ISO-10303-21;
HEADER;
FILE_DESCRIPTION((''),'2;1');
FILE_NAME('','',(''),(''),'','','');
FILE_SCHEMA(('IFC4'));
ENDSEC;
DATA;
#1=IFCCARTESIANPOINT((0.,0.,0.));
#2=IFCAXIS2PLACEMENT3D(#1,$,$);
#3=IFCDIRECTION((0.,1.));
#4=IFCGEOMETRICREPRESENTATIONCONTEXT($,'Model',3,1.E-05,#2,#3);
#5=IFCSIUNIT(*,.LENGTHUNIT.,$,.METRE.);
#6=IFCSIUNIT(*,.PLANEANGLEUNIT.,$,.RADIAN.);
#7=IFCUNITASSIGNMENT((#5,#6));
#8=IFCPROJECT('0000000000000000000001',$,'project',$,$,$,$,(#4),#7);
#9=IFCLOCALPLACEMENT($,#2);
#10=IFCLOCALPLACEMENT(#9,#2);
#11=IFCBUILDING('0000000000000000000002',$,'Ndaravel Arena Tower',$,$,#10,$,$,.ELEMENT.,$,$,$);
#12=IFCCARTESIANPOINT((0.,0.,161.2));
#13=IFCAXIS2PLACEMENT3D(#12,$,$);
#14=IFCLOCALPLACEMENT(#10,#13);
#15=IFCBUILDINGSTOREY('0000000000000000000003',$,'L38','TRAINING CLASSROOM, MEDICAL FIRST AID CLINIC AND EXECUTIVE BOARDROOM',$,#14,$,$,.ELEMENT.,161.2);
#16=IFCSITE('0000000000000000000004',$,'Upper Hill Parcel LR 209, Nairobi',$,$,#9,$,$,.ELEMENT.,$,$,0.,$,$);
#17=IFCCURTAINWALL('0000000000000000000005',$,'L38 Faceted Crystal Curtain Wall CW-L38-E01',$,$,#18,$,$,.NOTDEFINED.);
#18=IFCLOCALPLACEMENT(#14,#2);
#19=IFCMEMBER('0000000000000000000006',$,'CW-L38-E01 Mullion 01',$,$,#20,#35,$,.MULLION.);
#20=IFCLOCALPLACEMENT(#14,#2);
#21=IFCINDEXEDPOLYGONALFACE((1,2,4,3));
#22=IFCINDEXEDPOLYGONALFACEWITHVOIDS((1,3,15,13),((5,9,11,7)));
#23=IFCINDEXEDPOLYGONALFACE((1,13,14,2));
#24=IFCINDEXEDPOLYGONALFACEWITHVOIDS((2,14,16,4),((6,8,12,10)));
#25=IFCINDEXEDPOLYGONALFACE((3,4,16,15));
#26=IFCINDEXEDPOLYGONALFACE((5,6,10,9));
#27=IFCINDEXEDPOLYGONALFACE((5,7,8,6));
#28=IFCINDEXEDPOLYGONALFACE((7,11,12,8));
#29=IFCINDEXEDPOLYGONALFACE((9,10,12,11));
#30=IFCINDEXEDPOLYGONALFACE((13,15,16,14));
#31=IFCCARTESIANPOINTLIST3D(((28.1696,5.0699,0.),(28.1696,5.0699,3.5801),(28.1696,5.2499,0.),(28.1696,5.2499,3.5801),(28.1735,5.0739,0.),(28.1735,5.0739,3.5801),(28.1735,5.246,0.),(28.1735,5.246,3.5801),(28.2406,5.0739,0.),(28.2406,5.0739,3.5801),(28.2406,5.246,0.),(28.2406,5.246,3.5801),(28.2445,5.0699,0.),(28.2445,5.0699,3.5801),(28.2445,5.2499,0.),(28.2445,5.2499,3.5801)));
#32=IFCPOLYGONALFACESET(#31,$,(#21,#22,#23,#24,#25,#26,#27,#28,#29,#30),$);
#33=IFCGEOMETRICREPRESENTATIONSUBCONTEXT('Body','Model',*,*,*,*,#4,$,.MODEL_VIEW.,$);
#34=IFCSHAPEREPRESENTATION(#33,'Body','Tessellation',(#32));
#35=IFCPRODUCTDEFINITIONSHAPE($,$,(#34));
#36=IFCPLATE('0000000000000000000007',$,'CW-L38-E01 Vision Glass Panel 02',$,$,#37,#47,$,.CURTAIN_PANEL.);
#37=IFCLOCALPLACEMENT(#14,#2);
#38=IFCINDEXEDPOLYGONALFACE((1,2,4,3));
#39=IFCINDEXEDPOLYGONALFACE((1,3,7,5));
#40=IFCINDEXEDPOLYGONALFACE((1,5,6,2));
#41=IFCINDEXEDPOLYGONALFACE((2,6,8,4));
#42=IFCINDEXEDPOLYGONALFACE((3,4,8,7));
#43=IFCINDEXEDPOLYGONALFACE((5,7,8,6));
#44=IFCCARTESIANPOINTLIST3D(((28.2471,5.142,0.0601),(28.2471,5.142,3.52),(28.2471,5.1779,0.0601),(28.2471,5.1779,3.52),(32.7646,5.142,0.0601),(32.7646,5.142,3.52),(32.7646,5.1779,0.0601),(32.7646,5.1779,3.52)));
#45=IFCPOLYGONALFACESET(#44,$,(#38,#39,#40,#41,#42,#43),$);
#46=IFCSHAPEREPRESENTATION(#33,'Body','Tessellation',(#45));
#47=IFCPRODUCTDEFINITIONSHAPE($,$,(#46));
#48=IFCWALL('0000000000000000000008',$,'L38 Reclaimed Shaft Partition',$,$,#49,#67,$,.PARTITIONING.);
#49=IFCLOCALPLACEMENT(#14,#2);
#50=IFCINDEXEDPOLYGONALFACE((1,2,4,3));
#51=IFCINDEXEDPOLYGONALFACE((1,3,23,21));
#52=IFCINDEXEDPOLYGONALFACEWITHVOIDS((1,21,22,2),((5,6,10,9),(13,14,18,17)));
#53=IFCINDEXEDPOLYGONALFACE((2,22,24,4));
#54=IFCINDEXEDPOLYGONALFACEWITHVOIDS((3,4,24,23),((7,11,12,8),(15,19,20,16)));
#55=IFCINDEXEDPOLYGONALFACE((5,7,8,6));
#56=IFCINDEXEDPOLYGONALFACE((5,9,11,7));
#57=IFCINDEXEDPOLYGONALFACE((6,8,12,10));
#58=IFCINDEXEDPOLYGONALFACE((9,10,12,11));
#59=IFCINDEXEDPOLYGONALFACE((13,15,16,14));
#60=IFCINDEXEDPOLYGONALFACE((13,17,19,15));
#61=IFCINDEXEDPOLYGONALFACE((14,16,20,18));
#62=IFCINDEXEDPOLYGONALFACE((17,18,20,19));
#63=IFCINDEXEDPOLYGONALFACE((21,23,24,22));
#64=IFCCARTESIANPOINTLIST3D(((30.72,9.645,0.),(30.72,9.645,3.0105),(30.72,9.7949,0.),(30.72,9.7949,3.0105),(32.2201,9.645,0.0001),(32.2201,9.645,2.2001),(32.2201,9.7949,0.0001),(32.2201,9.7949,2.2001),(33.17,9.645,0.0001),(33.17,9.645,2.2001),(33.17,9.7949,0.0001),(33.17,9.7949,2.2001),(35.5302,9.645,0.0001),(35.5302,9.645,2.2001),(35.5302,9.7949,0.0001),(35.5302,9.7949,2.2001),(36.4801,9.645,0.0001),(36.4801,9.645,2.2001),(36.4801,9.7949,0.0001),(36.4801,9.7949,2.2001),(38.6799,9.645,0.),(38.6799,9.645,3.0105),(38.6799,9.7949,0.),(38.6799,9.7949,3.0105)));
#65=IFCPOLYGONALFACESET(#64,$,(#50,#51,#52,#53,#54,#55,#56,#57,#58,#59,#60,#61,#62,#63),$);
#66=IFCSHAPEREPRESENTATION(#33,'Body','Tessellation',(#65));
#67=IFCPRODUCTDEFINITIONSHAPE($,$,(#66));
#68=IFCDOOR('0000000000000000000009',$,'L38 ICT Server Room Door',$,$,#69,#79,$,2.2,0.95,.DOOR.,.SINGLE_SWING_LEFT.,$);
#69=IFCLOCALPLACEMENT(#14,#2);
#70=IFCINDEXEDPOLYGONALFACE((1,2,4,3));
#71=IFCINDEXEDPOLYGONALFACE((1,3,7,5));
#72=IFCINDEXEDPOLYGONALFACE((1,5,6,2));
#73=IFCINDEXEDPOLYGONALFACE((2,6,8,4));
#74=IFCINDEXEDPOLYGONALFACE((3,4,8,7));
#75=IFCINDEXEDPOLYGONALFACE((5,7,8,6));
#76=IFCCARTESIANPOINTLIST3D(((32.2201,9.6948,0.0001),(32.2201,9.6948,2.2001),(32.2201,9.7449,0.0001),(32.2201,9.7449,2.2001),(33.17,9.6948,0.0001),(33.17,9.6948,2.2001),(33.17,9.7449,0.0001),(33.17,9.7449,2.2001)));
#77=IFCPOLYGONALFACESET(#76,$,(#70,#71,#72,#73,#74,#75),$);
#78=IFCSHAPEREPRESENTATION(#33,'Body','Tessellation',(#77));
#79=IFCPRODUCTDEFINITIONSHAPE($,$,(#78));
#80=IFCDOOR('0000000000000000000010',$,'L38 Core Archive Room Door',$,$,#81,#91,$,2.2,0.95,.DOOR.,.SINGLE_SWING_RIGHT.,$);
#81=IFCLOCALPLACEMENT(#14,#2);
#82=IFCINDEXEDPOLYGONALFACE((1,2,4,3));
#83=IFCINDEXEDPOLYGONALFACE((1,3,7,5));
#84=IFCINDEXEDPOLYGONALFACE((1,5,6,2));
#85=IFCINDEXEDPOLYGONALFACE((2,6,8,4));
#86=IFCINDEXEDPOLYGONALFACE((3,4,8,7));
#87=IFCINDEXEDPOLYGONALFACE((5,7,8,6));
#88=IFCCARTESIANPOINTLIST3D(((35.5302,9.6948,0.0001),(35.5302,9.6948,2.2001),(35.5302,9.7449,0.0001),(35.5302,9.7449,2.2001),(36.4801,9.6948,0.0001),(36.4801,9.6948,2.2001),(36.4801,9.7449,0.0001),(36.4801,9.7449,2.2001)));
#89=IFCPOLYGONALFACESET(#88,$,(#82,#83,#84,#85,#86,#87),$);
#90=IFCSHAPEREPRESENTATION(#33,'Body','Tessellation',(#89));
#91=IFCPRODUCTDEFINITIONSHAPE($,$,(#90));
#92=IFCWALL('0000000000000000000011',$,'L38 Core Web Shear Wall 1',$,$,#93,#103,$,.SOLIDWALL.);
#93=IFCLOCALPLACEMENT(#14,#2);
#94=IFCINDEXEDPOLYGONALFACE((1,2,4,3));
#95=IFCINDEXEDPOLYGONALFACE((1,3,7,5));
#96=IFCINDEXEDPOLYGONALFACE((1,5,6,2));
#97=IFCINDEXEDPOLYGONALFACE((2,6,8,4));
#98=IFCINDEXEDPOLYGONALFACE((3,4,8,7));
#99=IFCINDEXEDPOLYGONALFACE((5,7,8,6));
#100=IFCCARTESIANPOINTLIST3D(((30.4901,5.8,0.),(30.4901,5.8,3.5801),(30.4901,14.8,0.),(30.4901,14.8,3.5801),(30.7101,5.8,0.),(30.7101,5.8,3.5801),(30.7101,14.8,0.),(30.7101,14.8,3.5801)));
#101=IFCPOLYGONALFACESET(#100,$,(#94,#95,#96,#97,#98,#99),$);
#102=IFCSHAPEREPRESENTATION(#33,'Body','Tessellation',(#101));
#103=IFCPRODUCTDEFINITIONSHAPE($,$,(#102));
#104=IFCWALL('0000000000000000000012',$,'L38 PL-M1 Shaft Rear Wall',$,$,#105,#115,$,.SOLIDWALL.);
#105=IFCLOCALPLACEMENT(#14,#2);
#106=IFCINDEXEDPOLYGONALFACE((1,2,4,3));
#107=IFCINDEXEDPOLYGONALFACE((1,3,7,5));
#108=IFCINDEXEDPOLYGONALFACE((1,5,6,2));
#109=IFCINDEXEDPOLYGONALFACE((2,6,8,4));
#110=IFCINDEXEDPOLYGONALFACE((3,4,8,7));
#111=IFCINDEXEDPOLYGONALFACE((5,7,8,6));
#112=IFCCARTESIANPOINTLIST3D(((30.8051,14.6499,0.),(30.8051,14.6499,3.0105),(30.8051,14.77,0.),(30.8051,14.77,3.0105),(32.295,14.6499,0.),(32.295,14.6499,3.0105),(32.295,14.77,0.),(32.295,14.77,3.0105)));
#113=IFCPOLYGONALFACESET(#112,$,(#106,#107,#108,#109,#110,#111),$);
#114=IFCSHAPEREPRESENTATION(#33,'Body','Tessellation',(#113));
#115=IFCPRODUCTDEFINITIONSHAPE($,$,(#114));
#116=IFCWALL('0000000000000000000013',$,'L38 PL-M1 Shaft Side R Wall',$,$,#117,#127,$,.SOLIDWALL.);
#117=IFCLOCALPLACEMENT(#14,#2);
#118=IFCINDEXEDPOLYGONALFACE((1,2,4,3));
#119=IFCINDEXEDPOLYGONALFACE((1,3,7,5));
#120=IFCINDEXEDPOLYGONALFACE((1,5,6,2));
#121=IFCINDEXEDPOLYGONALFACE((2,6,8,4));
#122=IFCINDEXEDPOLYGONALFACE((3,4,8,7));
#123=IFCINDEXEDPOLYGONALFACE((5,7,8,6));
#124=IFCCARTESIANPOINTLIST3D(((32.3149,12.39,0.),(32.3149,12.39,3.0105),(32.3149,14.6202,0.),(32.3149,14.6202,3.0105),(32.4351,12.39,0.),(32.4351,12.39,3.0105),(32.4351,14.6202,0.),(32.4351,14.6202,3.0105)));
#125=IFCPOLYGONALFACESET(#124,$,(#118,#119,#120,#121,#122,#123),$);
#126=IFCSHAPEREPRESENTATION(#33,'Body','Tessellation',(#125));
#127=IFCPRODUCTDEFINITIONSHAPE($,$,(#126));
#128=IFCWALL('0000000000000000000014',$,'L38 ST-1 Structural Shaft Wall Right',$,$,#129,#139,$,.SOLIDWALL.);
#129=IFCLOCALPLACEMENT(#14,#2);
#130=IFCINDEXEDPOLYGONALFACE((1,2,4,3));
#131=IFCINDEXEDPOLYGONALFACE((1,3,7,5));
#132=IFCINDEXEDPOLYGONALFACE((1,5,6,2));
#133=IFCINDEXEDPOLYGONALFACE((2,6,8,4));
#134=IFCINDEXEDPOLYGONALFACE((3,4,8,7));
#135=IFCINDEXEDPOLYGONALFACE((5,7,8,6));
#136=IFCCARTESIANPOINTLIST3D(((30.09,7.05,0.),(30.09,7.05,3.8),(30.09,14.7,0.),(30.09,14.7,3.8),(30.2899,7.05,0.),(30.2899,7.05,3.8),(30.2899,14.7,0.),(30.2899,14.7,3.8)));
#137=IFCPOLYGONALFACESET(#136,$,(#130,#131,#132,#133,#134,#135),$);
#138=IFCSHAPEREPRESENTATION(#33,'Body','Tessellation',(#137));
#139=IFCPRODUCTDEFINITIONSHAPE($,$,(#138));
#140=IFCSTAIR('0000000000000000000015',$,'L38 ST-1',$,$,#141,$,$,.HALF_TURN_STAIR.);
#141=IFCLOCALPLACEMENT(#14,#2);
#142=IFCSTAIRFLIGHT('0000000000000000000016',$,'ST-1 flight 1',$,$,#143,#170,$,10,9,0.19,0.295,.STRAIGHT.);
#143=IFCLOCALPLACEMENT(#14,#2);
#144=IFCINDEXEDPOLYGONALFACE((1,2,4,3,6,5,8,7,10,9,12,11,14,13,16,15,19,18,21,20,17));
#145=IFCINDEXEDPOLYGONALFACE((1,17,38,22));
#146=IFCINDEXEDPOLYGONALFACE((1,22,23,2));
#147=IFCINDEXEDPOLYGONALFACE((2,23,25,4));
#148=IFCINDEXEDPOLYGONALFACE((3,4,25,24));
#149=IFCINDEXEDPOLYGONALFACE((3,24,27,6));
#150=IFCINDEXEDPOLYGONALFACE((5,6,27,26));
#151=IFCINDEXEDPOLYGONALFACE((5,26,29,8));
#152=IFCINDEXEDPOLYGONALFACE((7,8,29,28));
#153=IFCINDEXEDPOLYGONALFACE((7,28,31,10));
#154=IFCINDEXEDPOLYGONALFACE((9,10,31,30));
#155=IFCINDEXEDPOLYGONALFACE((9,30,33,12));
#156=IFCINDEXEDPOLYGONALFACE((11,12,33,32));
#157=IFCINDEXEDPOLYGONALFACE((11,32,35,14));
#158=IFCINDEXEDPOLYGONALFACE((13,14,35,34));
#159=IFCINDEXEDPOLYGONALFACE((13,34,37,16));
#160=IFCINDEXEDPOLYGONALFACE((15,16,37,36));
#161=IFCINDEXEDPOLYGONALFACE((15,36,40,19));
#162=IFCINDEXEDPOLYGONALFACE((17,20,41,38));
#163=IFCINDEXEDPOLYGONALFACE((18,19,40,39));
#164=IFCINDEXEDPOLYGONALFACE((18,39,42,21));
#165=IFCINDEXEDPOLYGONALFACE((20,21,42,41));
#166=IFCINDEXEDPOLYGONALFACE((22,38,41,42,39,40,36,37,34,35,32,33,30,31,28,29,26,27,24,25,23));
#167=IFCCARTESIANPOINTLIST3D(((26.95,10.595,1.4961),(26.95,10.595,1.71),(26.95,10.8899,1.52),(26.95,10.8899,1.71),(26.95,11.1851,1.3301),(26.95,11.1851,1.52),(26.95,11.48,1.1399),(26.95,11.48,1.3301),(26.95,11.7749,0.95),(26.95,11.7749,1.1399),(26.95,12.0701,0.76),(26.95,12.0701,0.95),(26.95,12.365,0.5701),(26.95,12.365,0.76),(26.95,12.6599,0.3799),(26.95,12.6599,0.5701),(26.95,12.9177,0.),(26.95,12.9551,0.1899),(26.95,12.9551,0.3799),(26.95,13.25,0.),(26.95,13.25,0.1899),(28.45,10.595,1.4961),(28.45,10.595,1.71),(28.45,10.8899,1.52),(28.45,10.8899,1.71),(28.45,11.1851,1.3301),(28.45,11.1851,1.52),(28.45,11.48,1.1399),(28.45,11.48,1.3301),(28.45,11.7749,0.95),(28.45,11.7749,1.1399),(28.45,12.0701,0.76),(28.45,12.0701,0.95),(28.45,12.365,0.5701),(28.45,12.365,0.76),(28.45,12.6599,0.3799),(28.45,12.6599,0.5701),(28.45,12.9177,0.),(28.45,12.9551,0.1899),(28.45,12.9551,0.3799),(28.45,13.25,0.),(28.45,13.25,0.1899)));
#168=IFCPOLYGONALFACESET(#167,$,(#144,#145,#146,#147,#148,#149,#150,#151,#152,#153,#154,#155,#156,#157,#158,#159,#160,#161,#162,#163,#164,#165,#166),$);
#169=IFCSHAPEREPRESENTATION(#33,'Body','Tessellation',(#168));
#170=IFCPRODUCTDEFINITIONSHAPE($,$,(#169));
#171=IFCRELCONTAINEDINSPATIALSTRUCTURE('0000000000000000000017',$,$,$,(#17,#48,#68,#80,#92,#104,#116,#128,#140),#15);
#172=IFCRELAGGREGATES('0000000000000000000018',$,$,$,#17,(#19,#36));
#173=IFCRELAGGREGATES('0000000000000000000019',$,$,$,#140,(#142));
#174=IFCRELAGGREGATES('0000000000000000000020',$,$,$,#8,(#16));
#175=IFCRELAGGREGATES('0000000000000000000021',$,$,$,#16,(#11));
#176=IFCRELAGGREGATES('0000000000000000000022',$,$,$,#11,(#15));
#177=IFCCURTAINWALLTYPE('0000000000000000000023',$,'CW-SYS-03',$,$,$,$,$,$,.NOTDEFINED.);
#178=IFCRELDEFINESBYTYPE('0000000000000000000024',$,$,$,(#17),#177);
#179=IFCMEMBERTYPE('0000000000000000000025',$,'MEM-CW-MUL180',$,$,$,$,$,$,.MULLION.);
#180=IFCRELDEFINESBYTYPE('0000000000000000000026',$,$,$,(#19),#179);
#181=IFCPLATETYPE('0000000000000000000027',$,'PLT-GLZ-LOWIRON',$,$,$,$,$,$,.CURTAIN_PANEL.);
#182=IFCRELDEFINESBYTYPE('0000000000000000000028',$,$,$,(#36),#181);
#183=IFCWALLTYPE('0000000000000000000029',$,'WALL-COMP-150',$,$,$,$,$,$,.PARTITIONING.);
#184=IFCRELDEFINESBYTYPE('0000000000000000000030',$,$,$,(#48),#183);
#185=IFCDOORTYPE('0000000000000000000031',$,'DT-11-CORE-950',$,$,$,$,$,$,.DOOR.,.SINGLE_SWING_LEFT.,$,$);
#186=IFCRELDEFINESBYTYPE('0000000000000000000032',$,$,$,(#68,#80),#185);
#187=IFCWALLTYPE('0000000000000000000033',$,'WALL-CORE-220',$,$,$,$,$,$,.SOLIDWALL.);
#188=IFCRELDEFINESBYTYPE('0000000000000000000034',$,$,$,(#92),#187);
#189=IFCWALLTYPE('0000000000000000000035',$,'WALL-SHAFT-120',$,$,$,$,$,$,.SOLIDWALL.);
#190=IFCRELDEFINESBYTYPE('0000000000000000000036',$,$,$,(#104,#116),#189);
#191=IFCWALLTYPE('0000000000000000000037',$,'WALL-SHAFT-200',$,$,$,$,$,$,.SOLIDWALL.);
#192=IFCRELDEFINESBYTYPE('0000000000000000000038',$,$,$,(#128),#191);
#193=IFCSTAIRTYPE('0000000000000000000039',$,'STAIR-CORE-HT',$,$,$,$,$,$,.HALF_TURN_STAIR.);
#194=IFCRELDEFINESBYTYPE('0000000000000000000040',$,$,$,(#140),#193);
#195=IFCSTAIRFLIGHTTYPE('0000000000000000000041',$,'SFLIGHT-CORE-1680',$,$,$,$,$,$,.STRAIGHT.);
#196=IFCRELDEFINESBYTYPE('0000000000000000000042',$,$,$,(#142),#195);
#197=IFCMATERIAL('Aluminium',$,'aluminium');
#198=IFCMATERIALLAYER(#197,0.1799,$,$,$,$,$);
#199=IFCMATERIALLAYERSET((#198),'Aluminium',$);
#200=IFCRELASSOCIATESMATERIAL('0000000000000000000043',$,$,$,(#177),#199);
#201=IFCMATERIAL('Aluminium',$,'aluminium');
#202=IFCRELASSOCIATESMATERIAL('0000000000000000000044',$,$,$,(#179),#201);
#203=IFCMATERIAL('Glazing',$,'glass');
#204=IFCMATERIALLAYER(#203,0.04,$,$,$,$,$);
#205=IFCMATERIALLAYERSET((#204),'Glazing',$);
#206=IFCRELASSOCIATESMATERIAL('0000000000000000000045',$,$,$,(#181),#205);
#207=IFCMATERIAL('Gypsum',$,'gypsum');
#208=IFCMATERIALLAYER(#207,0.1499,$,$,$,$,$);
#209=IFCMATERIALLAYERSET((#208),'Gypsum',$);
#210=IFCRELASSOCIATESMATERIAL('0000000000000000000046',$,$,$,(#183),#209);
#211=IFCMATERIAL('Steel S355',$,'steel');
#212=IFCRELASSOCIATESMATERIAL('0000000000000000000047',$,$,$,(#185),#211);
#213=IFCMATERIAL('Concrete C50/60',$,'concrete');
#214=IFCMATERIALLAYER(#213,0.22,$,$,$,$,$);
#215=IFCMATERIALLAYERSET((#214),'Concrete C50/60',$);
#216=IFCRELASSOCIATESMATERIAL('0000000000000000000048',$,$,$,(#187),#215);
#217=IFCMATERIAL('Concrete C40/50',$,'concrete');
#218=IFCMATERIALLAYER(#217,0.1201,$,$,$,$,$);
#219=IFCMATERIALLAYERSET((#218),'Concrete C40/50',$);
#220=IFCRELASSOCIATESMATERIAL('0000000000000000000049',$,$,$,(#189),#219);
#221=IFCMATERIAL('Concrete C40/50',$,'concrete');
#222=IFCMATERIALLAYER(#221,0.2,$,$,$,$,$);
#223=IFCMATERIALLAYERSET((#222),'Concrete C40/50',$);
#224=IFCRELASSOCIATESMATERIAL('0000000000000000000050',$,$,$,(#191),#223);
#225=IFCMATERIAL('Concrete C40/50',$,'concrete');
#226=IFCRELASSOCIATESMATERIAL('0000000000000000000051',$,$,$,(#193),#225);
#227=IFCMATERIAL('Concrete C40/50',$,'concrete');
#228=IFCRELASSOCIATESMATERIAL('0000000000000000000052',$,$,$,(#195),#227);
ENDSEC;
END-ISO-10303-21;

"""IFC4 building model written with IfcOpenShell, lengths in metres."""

from ifc_helpers import new_model, si_unit, direction, frame, frame_2d, origin, origin_2d, place, context, subcontext, project, spatial, polyline, rectangle, hollow_rectangle, outline, extrude, material, layer, layer_set, material_profile, profile_set, type_object, element, fill, aggregate, save


model = new_model("IFC4")

# Units and contexts
model_context = context("Model", 3, precision=1e-05, world=origin(), true_north=direction((0.0, 1.0)))
body_context = subcontext(model_context, "Body", "Model", "MODEL_VIEW")
ifc_project = project(units=[si_unit("LENGTHUNIT", "METRE"), si_unit("PLANEANGLEUNIT", "RADIAN")], contexts=[model_context])

# Site, building, storey
site_placement = place(None, origin())
site = spatial("IfcSite", under=ifc_project, at=site_placement, Name="Upper Hill Parcel LR 209, Nairobi", CompositionType="ELEMENT", RefElevation=0.0)
building_placement = place(site_placement, origin())
building = spatial("IfcBuilding", under=site, at=building_placement, Name="Ndaravel Arena Tower", CompositionType="ELEMENT")
storey_placement = place(building_placement, frame((0.0, 0.0, 161.2)))
storey = spatial("IfcBuildingStorey", under=building, at=storey_placement, Name="L38", Description="TRAINING CLASSROOM, MEDICAL FIRST AID CLINIC AND EXECUTIVE BOARDROOM", CompositionType="ELEMENT", Elevation=161.2)

# Curtain wall, member, plate
ifc_material_1 = material(Name="Aluminium", Category="aluminium")
ifc_layer_1 = layer(ifc_material_1, 0.1799)
ifc_layer_set_1 = layer_set([ifc_layer_1], Name="Aluminium")
curtain_wall_type = type_object("IfcCurtainWallType", Name="CW-SYS-03", PredefinedType="NOTDEFINED", material=ifc_layer_set_1)
curtain_wall_placement = place(storey_placement, origin())
curtain_wall = element("IfcCurtainWall", 1, at=curtain_wall_placement, inside=storey, type_object=curtain_wall_type, Name="L38 Faceted Crystal Curtain Wall CW-L38-E01", PredefinedType="NOTDEFINED")
ifc_material_2 = material(Name="Aluminium", Category="aluminium")
ifc_material_profile = material_profile(ifc_material_2, hollow_rectangle(XDim=0.075, YDim=0.1799, WallThickness=0.0039, at=origin_2d()), Name="CW MULLION 75x180x4")
ifc_profile_set = profile_set([ifc_material_profile], Name="Aluminium")
member_type = type_object("IfcMemberType", Name="MEM-CW-MUL180", PredefinedType="MULLION", material=ifc_profile_set)
member_placement = place(storey_placement, frame((28.207, 5.1599, 0.0), z_axis=(0.0, 0.0, 1.0), x_axis=(1.0, 0.0, 0.0)))
member = element("IfcMember", 2, at=member_placement, type_object=member_type, Name="CW-L38-E01 Mullion 01", PredefinedType="MULLION", context=body_context, shape_type="SweptSolid", body=[
    extrude(hollow_rectangle(XDim=0.075, YDim=0.1799, WallThickness=0.0039, at=origin_2d()), origin(), (0.0, 0.0, 1.0), 3.5801),
])
ifc_material_3 = material(Name="Glazing", Category="glass")
ifc_layer_2 = layer(ifc_material_3, 0.04)
ifc_layer_set_2 = layer_set([ifc_layer_2], Name="Glazing")
plate_type = type_object("IfcPlateType", Name="PLT-GLZ-LOWIRON", PredefinedType="CURTAIN_PANEL", material=ifc_layer_set_2)
plate_placement = place(storey_placement, frame((30.5059, 5.1599, 0.0601), z_axis=(0.0, 0.0, 1.0), x_axis=(1.0, 0.0, 0.0)))
plate = element("IfcPlate", 3, at=plate_placement, type_object=plate_type, Name="CW-L38-E01 Vision Glass Panel 02", PredefinedType="CURTAIN_PANEL", context=body_context, shape_type="SweptSolid", body=[
    extrude(rectangle(XDim=4.5176, YDim=0.0359, at=origin_2d()), origin(), (0.0, 0.0, 1.0), 3.46),
])
aggregate(curtain_wall, [member, plate])

# Wall, openings, doors
ifc_material_4 = material(Name="Gypsum", Category="gypsum")
ifc_layer_3 = layer(ifc_material_4, 0.1499)
ifc_layer_set_3 = layer_set([ifc_layer_3], Name="Gypsum")
wall_type_1 = type_object("IfcWallType", Name="WALL-COMP-150", PredefinedType="PARTITIONING", material=ifc_layer_set_3)
wall_1_placement = place(storey_placement, frame((30.72, 9.72, 0.0), z_axis=(0.0, 0.0, 1.0), x_axis=(1.0, 0.0, 0.0)))
wall_1 = element("IfcWall", 4, at=wall_1_placement, inside=storey, type_object=wall_type_1, Name="L38 Reclaimed Shaft Partition", PredefinedType="PARTITIONING", context=body_context, shape_type="SweptSolid", body=[
    extrude(rectangle(XDim=7.96, YDim=0.1499, at=frame_2d((3.98, 0.0))), origin(), (0.0, 0.0, 1.0), 3.0105),
])
opening_1_placement = place(wall_1_placement, frame((1.5, 0.0, 0.0)))
opening_1 = element("IfcOpeningElement", 5, at=opening_1_placement, cuts=wall_1, PredefinedType="OPENING", context=body_context, shape_type="SweptSolid", body=[
    extrude(rectangle(XDim=0.95, YDim=2.2, at=frame_2d((0.4751, 1.1001))), frame((0.0, 0.075, 0.0), z_axis=(0.0, -1.0, 0.0), x_axis=(1.0, 0.0, 0.0)), (0.0, 0.0, 1.0), 0.1499),
])
opening_2_placement = place(wall_1_placement, frame((4.8101, 0.0, 0.0)))
opening_2 = element("IfcOpeningElement", 6, at=opening_2_placement, cuts=wall_1, PredefinedType="OPENING", context=body_context, shape_type="SweptSolid", body=[
    extrude(rectangle(XDim=0.95, YDim=2.2, at=frame_2d((0.4751, 1.1001))), frame((0.0, 0.075, 0.0), z_axis=(0.0, -1.0, 0.0), x_axis=(1.0, 0.0, 0.0)), (0.0, 0.0, 1.0), 0.1499),
])
ifc_material_5 = material(Name="Steel S355", Category="steel")
door_type_1 = type_object("IfcDoorType", Name="DT-11-CORE-950", OperationType="SINGLE_SWING_LEFT", PredefinedType="DOOR", material=ifc_material_5)
door_1_placement = place(opening_1_placement, origin())
door_1 = element("IfcDoor", 7, at=door_1_placement, inside=storey, type_object=door_type_1, Name="L38 ICT Server Room Door", OperationType="SINGLE_SWING_LEFT", OverallHeight=2.2, OverallWidth=0.95, PredefinedType="DOOR", context=body_context, shape_type="SweptSolid", body=[
    extrude(rectangle(XDim=0.95, YDim=2.2, at=frame_2d((0.4751, 1.1001))), frame((0.0, 0.0249, 0.0), z_axis=(0.0, -1.0, 0.0), x_axis=(1.0, 0.0, 0.0)), (0.0, 0.0, 1.0), 0.05),
])
fill(opening_1, door_1)
door_2_placement = place(opening_2_placement, origin())
door_2 = element("IfcDoor", 8, at=door_2_placement, inside=storey, type_object=door_type_1, Name="L38 Core Archive Room Door", OperationType="SINGLE_SWING_RIGHT", OverallHeight=2.2, OverallWidth=0.95, PredefinedType="DOOR", context=body_context, shape_type="SweptSolid", body=[
    extrude(rectangle(XDim=0.95, YDim=2.2, at=frame_2d((0.4751, 1.1001))), frame((0.0, 0.0249, 0.0), z_axis=(0.0, -1.0, 0.0), x_axis=(1.0, 0.0, 0.0)), (0.0, 0.0, 1.0), 0.05),
])
fill(opening_2, door_2)

# Walls
ifc_material_6 = material(Name="Concrete C50/60", Category="concrete")
ifc_layer_4 = layer(ifc_material_6, 0.22)
ifc_layer_set_4 = layer_set([ifc_layer_4], Name="Concrete C50/60")
wall_type_2 = type_object("IfcWallType", Name="WALL-CORE-220", PredefinedType="SOLIDWALL", material=ifc_layer_set_4)
wall_2_placement = place(storey_placement, frame((30.6001, 5.8, 0.0), z_axis=(0.0, 0.0, 1.0), x_axis=(0.0, 1.0, 0.0)))
element("IfcWall", 9, at=wall_2_placement, inside=storey, type_object=wall_type_2, Name="L38 Core Web Shear Wall 1", PredefinedType="SOLIDWALL", context=body_context, shape_type="SweptSolid", body=[
    extrude(rectangle(XDim=9.0, YDim=0.22, at=frame_2d((4.5, 0.0))), origin(), (0.0, 0.0, 1.0), 3.5801),
])
ifc_material_7 = material(Name="Concrete C40/50", Category="concrete")
ifc_layer_5 = layer(ifc_material_7, 0.1201)
ifc_layer_set_5 = layer_set([ifc_layer_5], Name="Concrete C40/50")
wall_type_3 = type_object("IfcWallType", Name="WALL-SHAFT-120", PredefinedType="SOLIDWALL", material=ifc_layer_set_5)
wall_3_placement = place(storey_placement, frame((30.8049, 14.71, 0.0), z_axis=(0.0, 0.0, 1.0), x_axis=(1.0, 0.0, 0.0)))
element("IfcWall", 10, at=wall_3_placement, inside=storey, type_object=wall_type_3, Name="L38 PL-M1 Shaft Rear Wall", PredefinedType="SOLIDWALL", context=body_context, shape_type="SweptSolid", body=[
    extrude(rectangle(XDim=1.49, YDim=0.1201, at=frame_2d((0.7451, 0.0))), origin(), (0.0, 0.0, 1.0), 3.0105),
])
wall_4_placement = place(storey_placement, frame((32.375, 12.3899, 0.0), z_axis=(0.0, 0.0, 1.0), x_axis=(0.0, 1.0, 0.0)))
element("IfcWall", 11, at=wall_4_placement, inside=storey, type_object=wall_type_3, Name="L38 PL-M1 Shaft Side R Wall", PredefinedType="SOLIDWALL", context=body_context, shape_type="SweptSolid", body=[
    extrude(rectangle(XDim=2.2302, YDim=0.1201, at=frame_2d((1.1152, 0.0))), origin(), (0.0, 0.0, 1.0), 3.0105),
])
ifc_material_8 = material(Name="Concrete C40/50", Category="concrete")
ifc_layer_6 = layer(ifc_material_8, 0.2)
ifc_layer_set_6 = layer_set([ifc_layer_6], Name="Concrete C40/50")
wall_type_4 = type_object("IfcWallType", Name="WALL-SHAFT-200", PredefinedType="SOLIDWALL", material=ifc_layer_set_6)
wall_5_placement = place(storey_placement, frame((30.1899, 14.7, 0.0), z_axis=(0.0, 0.0, 1.0), x_axis=(0.0, -1.0, 0.0)))
element("IfcWall", 12, at=wall_5_placement, inside=storey, type_object=wall_type_4, Name="L38 ST-1 Structural Shaft Wall Right", PredefinedType="SOLIDWALL", context=body_context, shape_type="SweptSolid", body=[
    extrude(rectangle(XDim=7.6499, YDim=0.2, at=frame_2d((3.825, 0.0))), origin(), (0.0, 0.0, 1.0), 3.8),
])

# Stair, stair flight
ifc_material_9 = material(Name="Concrete C40/50", Category="concrete")
stair_type = type_object("IfcStairType", Name="STAIR-CORE-HT", PredefinedType="HALF_TURN_STAIR", material=ifc_material_9)
stair_placement = place(storey_placement, origin())
stair = element("IfcStair", 13, at=stair_placement, inside=storey, type_object=stair_type, Name="L38 ST-1", PredefinedType="HALF_TURN_STAIR")
ifc_material_10 = material(Name="Concrete C40/50", Category="concrete")
stair_flight_type = type_object("IfcStairFlightType", Name="SFLIGHT-CORE-1680", PredefinedType="STRAIGHT", material=ifc_material_10)
stair_flight_1_placement = place(storey_placement, frame((27.7, 13.25, 0.0), z_axis=(0.0, 0.0, 1.0), x_axis=(0.0, -1.0, 0.0)))
stair_flight_1 = element("IfcStairFlight", 14, at=stair_flight_1_placement, type_object=stair_flight_type, Name="ST-1 flight 1", NumberOfRisers=10, NumberOfTreads=9, PredefinedType="STRAIGHT", RiserHeight=0.19, TreadLength=0.295, context=body_context, shape_type="SweptSolid", body=[
    extrude(outline(polyline([(0.0, 0.0), (0.0, 0.1899), (0.2949, 0.1899), (0.2949, 0.3799), (0.5901, 0.3799), (0.5901, 0.5701), (0.885, 0.5701), (0.885, 0.76), (1.1799, 0.76), (1.1799, 0.95), (1.4751, 0.95), (1.4751, 1.1399), (1.77, 1.1399), (1.77, 1.3301), (2.0649, 1.3301), (2.0649, 1.52), (2.3601, 1.52), (2.3601, 1.71), (2.655, 1.71), (2.655, 1.8999), (2.655, 1.4961), (0.3323, 0.0), (0.0, 0.0)])), frame((0.0, 0.75, 0.0), z_axis=(0.0, -1.0, 0.0), x_axis=(1.0, 0.0, 0.0)), (0.0, 0.0, 1.0), 1.5),
])
aggregate(stair, [stair_flight_1])

save(model, "model.ifc")
